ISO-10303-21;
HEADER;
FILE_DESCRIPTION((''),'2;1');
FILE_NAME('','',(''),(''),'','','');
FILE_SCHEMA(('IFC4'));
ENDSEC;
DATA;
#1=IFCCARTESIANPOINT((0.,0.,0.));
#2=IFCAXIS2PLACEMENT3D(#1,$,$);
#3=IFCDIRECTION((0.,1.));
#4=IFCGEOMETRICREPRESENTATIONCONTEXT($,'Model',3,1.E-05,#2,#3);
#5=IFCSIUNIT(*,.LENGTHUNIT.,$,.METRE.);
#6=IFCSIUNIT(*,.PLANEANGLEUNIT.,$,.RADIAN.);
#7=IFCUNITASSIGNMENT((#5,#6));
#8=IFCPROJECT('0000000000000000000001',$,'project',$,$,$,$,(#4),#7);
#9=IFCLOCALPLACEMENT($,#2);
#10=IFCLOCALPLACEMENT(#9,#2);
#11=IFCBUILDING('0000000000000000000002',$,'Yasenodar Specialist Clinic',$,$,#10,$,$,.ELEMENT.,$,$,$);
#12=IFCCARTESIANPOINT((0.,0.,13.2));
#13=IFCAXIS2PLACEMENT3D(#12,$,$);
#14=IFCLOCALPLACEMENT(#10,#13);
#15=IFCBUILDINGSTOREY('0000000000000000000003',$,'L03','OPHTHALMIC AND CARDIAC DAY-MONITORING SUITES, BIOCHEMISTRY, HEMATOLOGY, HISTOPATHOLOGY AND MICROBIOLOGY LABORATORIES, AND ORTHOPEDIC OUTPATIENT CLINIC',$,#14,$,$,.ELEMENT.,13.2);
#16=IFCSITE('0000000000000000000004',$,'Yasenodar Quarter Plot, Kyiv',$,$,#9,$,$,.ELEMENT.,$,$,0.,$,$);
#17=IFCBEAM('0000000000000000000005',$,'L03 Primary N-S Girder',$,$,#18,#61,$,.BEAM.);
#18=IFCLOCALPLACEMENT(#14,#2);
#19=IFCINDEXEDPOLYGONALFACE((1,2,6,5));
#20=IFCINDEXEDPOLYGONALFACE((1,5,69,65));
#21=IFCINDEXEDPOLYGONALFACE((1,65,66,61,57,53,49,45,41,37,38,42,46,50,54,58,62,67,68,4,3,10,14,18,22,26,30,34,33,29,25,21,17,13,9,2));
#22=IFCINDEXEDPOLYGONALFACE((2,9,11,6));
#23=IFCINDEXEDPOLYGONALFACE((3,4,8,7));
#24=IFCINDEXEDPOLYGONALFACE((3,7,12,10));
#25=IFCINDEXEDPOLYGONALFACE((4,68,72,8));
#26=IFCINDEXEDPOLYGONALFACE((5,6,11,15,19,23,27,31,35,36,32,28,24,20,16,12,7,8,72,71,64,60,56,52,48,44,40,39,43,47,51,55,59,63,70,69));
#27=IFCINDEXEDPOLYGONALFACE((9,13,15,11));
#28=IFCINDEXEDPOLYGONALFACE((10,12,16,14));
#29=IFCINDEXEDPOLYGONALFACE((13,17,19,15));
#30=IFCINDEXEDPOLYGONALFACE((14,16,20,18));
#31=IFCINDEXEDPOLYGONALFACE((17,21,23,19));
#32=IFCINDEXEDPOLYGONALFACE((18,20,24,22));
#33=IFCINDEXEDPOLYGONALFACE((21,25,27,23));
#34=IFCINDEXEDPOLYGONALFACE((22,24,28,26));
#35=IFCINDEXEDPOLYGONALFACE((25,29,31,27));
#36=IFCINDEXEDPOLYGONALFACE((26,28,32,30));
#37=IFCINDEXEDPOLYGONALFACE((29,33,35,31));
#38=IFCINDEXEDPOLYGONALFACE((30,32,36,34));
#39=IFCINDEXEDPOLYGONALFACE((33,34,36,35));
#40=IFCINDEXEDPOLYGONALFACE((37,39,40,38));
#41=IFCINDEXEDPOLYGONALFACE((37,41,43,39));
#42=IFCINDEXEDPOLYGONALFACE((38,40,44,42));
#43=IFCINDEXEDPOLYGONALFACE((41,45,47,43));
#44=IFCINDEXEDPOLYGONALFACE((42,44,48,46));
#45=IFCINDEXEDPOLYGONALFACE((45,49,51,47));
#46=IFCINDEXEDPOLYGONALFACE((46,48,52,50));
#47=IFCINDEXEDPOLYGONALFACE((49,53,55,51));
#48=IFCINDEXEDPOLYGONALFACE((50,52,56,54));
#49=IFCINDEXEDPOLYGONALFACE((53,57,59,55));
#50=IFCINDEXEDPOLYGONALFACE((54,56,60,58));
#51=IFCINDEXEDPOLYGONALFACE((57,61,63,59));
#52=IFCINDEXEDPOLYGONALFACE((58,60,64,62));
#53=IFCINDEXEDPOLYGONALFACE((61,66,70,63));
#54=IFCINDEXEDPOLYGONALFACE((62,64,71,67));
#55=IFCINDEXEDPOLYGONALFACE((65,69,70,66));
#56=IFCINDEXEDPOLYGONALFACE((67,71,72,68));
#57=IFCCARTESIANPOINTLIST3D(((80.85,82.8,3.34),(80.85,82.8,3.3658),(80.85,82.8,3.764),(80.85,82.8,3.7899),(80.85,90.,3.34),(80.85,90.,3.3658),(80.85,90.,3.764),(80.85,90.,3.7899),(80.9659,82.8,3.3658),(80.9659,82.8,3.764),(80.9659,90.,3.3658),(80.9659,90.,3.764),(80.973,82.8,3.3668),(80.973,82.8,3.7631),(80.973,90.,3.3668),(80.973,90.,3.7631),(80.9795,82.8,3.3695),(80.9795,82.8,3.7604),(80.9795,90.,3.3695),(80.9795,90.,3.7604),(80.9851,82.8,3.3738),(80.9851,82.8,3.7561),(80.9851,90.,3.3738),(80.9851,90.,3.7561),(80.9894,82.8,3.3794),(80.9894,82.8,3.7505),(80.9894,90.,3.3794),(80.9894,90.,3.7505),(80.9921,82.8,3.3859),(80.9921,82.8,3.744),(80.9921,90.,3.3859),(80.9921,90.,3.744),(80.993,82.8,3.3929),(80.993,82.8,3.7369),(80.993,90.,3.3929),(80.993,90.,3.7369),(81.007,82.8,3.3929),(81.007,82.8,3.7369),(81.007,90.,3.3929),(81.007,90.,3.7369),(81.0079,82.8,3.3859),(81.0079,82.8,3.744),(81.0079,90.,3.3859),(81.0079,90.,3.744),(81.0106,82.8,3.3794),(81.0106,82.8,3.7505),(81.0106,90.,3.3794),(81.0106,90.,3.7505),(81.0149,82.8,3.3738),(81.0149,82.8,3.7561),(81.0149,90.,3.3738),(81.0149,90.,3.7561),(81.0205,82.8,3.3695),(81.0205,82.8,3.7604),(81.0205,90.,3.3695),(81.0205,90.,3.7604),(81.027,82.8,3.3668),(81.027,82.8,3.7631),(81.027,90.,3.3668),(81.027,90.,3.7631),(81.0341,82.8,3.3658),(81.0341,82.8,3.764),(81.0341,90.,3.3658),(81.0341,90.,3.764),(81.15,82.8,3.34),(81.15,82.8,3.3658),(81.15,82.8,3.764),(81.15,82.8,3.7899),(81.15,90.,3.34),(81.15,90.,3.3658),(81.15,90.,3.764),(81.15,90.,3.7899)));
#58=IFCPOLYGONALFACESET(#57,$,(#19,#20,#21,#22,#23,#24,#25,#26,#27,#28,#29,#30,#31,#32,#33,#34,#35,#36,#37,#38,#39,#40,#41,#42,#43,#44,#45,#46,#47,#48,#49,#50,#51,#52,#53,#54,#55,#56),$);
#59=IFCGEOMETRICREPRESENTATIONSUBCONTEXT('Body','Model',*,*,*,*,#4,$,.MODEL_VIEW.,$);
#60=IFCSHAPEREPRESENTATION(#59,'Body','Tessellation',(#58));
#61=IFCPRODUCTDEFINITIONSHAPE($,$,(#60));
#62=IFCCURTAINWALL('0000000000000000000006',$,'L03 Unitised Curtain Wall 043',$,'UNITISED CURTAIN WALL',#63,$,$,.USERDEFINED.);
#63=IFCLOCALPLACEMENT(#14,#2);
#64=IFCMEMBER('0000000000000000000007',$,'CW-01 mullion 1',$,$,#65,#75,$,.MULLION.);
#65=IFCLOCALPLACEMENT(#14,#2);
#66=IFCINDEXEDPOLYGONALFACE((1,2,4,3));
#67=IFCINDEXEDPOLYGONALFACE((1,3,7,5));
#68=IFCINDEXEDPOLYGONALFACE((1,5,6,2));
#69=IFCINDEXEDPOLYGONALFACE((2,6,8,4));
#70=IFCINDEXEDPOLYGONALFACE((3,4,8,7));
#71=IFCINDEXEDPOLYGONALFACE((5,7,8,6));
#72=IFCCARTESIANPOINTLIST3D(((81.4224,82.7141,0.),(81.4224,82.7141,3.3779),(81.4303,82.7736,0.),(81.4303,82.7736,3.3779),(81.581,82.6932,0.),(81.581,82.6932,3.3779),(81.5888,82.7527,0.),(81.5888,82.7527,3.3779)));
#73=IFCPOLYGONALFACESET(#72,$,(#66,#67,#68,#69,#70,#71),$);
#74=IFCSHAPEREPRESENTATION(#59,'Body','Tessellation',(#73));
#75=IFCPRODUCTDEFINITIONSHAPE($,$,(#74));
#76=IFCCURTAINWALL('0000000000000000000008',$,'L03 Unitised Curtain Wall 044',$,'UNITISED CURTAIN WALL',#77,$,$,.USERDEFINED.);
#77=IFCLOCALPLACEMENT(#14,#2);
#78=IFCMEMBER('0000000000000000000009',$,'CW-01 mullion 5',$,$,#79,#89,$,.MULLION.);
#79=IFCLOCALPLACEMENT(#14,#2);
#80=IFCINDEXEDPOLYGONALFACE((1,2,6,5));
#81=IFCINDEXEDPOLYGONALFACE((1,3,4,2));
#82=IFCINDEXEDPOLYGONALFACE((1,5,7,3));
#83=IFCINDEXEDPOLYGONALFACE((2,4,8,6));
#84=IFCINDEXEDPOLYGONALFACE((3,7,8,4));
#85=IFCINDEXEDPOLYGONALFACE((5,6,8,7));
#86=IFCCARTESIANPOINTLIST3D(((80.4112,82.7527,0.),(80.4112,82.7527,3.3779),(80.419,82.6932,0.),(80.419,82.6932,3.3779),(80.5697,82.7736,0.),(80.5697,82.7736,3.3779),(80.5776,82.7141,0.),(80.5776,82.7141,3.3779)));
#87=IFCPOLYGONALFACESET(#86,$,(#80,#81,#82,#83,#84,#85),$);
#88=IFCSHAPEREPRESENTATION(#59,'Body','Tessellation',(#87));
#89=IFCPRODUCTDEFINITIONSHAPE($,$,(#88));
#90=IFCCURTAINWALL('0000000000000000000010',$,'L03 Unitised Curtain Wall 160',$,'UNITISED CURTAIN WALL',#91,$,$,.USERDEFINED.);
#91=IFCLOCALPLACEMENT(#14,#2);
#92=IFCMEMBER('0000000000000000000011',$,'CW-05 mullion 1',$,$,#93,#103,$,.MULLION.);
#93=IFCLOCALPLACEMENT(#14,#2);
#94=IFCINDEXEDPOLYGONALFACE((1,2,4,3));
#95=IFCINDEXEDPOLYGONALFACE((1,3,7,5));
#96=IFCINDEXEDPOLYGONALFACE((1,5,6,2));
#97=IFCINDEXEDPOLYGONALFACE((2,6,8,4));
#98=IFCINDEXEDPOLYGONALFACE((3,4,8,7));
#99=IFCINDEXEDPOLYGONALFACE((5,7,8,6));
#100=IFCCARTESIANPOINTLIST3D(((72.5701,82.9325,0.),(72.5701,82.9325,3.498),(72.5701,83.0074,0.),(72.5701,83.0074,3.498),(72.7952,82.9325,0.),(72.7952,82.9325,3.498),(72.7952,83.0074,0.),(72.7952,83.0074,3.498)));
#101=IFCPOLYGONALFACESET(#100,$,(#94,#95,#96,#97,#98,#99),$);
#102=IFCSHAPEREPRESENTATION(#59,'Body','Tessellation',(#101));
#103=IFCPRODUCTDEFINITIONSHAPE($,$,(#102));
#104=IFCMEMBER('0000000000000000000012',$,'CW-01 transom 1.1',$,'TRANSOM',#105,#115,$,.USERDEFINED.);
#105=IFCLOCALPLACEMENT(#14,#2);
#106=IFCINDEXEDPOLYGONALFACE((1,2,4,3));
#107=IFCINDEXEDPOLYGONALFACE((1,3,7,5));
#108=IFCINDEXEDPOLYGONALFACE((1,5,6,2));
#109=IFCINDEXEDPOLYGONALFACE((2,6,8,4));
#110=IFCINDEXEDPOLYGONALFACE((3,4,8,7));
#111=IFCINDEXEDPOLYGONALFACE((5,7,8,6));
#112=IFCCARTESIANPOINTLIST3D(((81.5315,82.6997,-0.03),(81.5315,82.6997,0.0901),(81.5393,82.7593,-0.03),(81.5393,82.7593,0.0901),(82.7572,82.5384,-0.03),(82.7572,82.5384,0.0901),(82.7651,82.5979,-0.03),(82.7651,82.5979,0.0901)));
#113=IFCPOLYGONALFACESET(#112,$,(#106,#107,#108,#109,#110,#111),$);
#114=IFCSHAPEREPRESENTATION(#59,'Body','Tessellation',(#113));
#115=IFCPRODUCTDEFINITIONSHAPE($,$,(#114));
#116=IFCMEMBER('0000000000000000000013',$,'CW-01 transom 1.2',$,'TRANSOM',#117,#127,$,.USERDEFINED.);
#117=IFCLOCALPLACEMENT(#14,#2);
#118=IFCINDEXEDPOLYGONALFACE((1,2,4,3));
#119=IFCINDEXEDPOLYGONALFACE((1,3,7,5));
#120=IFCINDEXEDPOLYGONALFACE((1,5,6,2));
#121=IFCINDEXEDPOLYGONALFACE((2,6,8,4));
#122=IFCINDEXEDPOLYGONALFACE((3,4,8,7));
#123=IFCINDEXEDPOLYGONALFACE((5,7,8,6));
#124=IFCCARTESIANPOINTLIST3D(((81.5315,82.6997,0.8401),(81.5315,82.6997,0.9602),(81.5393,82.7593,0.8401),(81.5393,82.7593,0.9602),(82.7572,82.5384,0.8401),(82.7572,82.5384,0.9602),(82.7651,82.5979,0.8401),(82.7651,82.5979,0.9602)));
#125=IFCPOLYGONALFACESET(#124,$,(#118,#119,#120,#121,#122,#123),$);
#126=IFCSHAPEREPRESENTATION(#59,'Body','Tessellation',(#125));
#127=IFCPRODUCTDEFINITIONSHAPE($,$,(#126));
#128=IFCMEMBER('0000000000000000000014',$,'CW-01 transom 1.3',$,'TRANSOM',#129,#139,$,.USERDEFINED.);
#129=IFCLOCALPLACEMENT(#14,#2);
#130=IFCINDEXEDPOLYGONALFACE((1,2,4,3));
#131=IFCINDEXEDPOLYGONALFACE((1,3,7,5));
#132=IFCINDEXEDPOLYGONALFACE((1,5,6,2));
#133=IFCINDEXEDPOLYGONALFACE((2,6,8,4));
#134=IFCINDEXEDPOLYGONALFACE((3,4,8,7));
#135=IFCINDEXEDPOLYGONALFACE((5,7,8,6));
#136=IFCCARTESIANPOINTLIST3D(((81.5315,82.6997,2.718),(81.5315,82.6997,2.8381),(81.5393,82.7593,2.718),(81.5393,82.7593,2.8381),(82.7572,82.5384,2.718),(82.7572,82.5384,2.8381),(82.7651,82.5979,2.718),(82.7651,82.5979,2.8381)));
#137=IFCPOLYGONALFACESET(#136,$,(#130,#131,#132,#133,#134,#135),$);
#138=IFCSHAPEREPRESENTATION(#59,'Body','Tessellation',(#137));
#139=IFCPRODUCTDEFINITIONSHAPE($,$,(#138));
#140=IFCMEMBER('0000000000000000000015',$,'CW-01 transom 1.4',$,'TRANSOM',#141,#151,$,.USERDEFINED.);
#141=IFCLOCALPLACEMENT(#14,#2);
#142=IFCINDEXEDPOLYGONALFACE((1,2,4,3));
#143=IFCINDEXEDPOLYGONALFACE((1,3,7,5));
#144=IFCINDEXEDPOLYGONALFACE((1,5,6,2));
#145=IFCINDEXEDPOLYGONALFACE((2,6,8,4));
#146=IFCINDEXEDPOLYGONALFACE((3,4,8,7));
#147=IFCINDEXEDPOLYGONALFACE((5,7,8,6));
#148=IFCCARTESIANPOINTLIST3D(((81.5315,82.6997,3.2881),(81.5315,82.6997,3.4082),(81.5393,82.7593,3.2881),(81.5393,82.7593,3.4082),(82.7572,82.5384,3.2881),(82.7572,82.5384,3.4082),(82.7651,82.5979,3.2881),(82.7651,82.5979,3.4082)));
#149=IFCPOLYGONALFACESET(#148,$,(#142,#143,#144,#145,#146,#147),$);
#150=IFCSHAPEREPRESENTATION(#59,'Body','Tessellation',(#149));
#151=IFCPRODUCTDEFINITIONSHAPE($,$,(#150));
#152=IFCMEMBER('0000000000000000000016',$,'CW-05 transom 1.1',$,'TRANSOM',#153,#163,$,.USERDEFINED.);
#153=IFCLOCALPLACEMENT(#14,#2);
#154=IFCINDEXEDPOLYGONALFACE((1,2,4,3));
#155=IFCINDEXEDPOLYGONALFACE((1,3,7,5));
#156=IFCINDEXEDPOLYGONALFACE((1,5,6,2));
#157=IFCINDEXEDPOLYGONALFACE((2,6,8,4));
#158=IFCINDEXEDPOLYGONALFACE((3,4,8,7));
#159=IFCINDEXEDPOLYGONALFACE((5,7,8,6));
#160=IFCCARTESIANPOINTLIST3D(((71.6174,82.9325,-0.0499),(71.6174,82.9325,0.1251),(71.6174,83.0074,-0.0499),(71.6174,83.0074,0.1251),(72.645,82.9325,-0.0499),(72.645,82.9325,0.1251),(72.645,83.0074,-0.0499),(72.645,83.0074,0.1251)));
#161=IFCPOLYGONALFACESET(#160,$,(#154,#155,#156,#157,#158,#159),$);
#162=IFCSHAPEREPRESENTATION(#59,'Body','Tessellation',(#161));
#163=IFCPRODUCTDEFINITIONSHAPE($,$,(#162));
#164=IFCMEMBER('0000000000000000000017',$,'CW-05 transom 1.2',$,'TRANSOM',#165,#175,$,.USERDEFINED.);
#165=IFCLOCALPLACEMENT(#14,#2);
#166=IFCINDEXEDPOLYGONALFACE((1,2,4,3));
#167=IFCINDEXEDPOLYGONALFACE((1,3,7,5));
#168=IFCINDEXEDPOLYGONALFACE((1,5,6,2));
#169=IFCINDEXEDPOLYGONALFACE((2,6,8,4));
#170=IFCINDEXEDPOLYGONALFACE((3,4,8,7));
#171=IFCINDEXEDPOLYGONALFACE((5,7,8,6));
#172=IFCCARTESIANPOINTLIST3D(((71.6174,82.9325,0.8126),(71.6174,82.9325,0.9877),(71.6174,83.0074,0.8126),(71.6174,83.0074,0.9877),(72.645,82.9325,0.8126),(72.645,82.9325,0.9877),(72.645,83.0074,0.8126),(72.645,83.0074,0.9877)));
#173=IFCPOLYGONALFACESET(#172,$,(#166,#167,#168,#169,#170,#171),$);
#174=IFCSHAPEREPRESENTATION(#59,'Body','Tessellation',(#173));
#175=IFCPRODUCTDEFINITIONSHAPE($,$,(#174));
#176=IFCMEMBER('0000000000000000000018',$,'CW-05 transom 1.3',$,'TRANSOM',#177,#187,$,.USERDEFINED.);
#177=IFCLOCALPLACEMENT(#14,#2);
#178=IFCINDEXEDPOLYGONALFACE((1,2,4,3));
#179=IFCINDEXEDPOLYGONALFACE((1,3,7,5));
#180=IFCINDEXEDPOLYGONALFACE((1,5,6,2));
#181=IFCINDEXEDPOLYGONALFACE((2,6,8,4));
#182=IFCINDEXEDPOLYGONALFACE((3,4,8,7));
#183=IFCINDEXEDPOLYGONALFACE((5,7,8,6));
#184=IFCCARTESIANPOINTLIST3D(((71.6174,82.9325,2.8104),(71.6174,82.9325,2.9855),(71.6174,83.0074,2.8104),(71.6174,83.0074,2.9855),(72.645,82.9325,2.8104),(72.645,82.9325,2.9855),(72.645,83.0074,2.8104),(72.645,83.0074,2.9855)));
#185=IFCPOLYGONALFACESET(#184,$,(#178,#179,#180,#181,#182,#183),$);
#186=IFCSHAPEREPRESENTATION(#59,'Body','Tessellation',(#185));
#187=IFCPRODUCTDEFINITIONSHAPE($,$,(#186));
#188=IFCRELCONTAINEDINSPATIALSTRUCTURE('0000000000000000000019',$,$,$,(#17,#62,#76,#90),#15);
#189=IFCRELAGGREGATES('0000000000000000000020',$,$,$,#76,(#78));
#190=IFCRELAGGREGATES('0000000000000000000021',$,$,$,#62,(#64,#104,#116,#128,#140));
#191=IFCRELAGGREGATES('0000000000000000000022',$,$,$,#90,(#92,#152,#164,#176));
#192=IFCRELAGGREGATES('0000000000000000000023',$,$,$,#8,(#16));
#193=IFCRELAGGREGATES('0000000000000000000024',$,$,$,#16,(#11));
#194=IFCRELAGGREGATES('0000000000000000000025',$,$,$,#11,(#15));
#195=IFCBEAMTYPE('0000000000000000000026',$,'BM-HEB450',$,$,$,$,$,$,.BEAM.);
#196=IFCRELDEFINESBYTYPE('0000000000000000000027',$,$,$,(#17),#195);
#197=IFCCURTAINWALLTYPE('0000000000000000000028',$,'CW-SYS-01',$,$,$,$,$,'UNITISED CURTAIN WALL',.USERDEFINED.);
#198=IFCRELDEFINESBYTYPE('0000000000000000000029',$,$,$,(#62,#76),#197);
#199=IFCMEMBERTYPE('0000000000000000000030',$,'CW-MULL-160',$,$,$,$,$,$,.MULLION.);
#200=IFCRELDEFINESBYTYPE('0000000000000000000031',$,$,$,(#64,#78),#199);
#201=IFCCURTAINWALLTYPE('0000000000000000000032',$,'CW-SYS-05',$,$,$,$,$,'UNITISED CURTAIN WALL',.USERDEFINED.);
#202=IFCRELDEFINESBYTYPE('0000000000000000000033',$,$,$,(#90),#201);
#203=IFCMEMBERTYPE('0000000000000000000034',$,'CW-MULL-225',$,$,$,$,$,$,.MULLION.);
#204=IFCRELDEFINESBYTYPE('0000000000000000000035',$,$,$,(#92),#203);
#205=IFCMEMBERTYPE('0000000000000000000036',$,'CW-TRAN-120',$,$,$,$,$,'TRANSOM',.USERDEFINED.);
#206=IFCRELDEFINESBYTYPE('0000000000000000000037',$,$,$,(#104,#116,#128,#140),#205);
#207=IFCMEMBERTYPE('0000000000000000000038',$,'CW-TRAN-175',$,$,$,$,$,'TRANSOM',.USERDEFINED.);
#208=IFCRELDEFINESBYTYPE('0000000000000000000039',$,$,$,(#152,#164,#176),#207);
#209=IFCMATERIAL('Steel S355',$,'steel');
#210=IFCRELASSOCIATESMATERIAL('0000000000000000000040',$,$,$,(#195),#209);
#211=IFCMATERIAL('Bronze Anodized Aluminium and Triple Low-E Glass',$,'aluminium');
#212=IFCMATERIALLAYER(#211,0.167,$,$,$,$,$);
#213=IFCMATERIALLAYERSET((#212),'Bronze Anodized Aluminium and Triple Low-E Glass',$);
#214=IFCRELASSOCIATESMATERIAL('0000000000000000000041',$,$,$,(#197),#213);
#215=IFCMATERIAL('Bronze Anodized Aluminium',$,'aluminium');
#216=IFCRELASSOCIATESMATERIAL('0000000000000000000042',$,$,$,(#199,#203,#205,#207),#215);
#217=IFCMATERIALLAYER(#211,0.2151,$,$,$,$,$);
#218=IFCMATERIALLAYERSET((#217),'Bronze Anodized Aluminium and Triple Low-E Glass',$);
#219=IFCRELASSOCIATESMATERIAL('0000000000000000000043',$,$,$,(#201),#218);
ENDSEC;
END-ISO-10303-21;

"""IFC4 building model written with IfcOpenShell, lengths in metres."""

from ifc_helpers import new_model, si_unit, direction, frame, origin, origin_2d, place, context, subcontext, project, spatial, rectangle, i_section, extrude, material, layer, layer_set, material_profile, profile_set, type_object, element, aggregate, save


model = new_model("IFC4")

# Units and contexts
model_context = context("Model", 3, precision=1e-05, world=origin(), true_north=direction((0.0, 1.0)))
body_context = subcontext(model_context, "Body", "Model", "MODEL_VIEW")
ifc_project = project(units=[si_unit("LENGTHUNIT", "METRE"), si_unit("PLANEANGLEUNIT", "RADIAN")], contexts=[model_context])

# Site, building, storey
site_placement = place(None, origin())
site = spatial("IfcSite", under=ifc_project, at=site_placement, Name="Yasenodar Quarter Plot, Kyiv", CompositionType="ELEMENT", RefElevation=0.0)
building_placement = place(site_placement, origin())
building = spatial("IfcBuilding", under=site, at=building_placement, Name="Yasenodar Specialist Clinic", CompositionType="ELEMENT")
storey_placement = place(building_placement, frame((0.0, 0.0, 13.2)))
storey = spatial("IfcBuildingStorey", under=building, at=storey_placement, Name="L03", Description="OPHTHALMIC AND CARDIAC DAY-MONITORING SUITES, BIOCHEMISTRY, HEMATOLOGY, HISTOPATHOLOGY AND MICROBIOLOGY LABORATORIES, AND ORTHOPEDIC OUTPATIENT CLINIC", CompositionType="ELEMENT", Elevation=13.2)

# Shared definitions
ifc_material_1 = material(Name="Steel S355", Category="steel")

# Beam
ifc_material_profile_1 = material_profile(ifc_material_1, i_section(OverallWidth=0.3, OverallDepth=0.45, WebThickness=0.0139, FlangeThickness=0.0259, FilletRadius=0.0271, at=origin_2d()), Name="HEB 450")
ifc_profile_set_1 = profile_set([ifc_material_profile_1], Name="Steel S355")
beam_type_1 = type_object("IfcBeamType", Name="BM-HEB450", PredefinedType="BEAM", material=ifc_profile_set_1)
beam_1_placement = place(storey_placement, frame((81.0, 82.8, 3.5649), z_axis=(0.0, 1.0, 0.0), x_axis=(-1.0, 0.0, 0.0)))
element("IfcBeam", 1, at=beam_1_placement, inside=storey, type_object=beam_type_1, Name="L03 Primary N-S Girder", PredefinedType="BEAM", context=body_context, shape_type="SweptSolid", body=[
    extrude(i_section(OverallWidth=0.3, OverallDepth=0.45, WebThickness=0.0139, FlangeThickness=0.0259, FilletRadius=0.0271, at=origin_2d()), origin(), (0.0, 0.0, 1.0), 7.2),
])

# Curtain walls, members
ifc_material_2 = material(Name="Bronze Anodized Aluminium and Triple Low-E Glass", Category="aluminium")
ifc_layer_1 = layer(ifc_material_2, 0.167)
ifc_layer_set_1 = layer_set([ifc_layer_1], Name="Bronze Anodized Aluminium and Triple Low-E Glass")
curtain_wall_type_1 = type_object("IfcCurtainWallType", Name="CW-SYS-01", ElementType="UNITISED CURTAIN WALL", PredefinedType="USERDEFINED", material=ifc_layer_set_1)
curtain_wall_1_placement = place(storey_placement, origin())
curtain_wall_1 = element("IfcCurtainWall", 2, at=curtain_wall_1_placement, inside=storey, type_object=curtain_wall_type_1, Name="L03 Unitised Curtain Wall 043", ObjectType="UNITISED CURTAIN WALL", PredefinedType="USERDEFINED")
ifc_material_3 = material(Name="Bronze Anodized Aluminium", Category="aluminium")
ifc_material_profile_2 = material_profile(ifc_material_3, rectangle(XDim=0.0601, YDim=0.1599, at=origin_2d()), Name="CW-MULL 60x160")
ifc_profile_set_2 = profile_set([ifc_material_profile_2], Name="Bronze Anodized Aluminium")
member_type_1 = type_object("IfcMemberType", Name="CW-MULL-160", PredefinedType="MULLION", material=ifc_profile_set_2)
member_1_placement = place(storey_placement, frame((81.5056, 82.7334, 0.0), z_axis=(0.0, 0.0, 1.0), x_axis=(0.130512, 0.991447, 0.0)))
member_1 = element("IfcMember", 3, at=member_1_placement, type_object=member_type_1, Name="CW-01 mullion 1", PredefinedType="MULLION", context=body_context, shape_type="SweptSolid", body=[
    extrude(rectangle(XDim=0.0601, YDim=0.1599, at=origin_2d()), origin(), (0.0, 0.0, 1.0), 3.3779),
])
curtain_wall_2_placement = place(storey_placement, origin())
curtain_wall_2 = element("IfcCurtainWall", 4, at=curtain_wall_2_placement, inside=storey, type_object=curtain_wall_type_1, Name="L03 Unitised Curtain Wall 044", ObjectType="UNITISED CURTAIN WALL", PredefinedType="USERDEFINED")
member_2_placement = place(storey_placement, frame((80.4944, 82.7334, 0.0), z_axis=(0.0, 0.0, 1.0), x_axis=(-0.130512, 0.991447, 0.0)))
member_2 = element("IfcMember", 5, at=member_2_placement, type_object=member_type_1, Name="CW-01 mullion 5", PredefinedType="MULLION", context=body_context, shape_type="SweptSolid", body=[
    extrude(rectangle(XDim=0.0601, YDim=0.1599, at=origin_2d()), origin(), (0.0, 0.0, 1.0), 3.3779),
])
aggregate(curtain_wall_2, [member_2])
ifc_layer_2 = layer(ifc_material_2, 0.2151)
ifc_layer_set_2 = layer_set([ifc_layer_2], Name="Bronze Anodized Aluminium and Triple Low-E Glass")
curtain_wall_type_2 = type_object("IfcCurtainWallType", Name="CW-SYS-05", ElementType="UNITISED CURTAIN WALL", PredefinedType="USERDEFINED", material=ifc_layer_set_2)
curtain_wall_3_placement = place(storey_placement, origin())
curtain_wall_3 = element("IfcCurtainWall", 6, at=curtain_wall_3_placement, inside=storey, type_object=curtain_wall_type_2, Name="L03 Unitised Curtain Wall 160", ObjectType="UNITISED CURTAIN WALL", PredefinedType="USERDEFINED")
ifc_material_profile_3 = material_profile(ifc_material_3, rectangle(XDim=0.075, YDim=0.2251, at=origin_2d()), Name="CW-MULL 75x225")
ifc_profile_set_3 = profile_set([ifc_material_profile_3], Name="Bronze Anodized Aluminium")
member_type_2 = type_object("IfcMemberType", Name="CW-MULL-225", PredefinedType="MULLION", material=ifc_profile_set_3)
member_3_placement = place(storey_placement, frame((72.6826, 82.97, 0.0), z_axis=(0.0, 0.0, 1.0), x_axis=(0.0, -1.0, 0.0)))
member_3 = element("IfcMember", 7, at=member_3_placement, type_object=member_type_2, Name="CW-05 mullion 1", PredefinedType="MULLION", context=body_context, shape_type="SweptSolid", body=[
    extrude(rectangle(XDim=0.075, YDim=0.2251, at=origin_2d()), origin(), (0.0, 0.0, 1.0), 3.498),
])

# Members
ifc_material_profile_4 = material_profile(ifc_material_3, rectangle(XDim=0.0601, YDim=0.1201, at=origin_2d()), Name="CW-TRAN 60x120")
ifc_profile_set_4 = profile_set([ifc_material_profile_4], Name="Bronze Anodized Aluminium")
member_type_3 = type_object("IfcMemberType", Name="CW-TRAN-120", ElementType="TRANSOM", PredefinedType="USERDEFINED", material=ifc_profile_set_4)
member_4_placement = place(storey_placement, frame((81.5354, 82.7295, 0.03), z_axis=(0.991446, -0.130521, 0.0), x_axis=(0.130521, 0.991446, 0.0)))
member_4 = element("IfcMember", 8, at=member_4_placement, type_object=member_type_3, Name="CW-01 transom 1.1", ObjectType="TRANSOM", PredefinedType="USERDEFINED", context=body_context, shape_type="SweptSolid", body=[
    extrude(rectangle(XDim=0.0601, YDim=0.1201, at=origin_2d()), origin(), (0.0, 0.0, 1.0), 1.2363),
])
member_5_placement = place(storey_placement, frame((81.5354, 82.7295, 0.9001), z_axis=(0.991446, -0.130521, 0.0), x_axis=(0.130521, 0.991446, 0.0)))
member_5 = element("IfcMember", 9, at=member_5_placement, type_object=member_type_3, Name="CW-01 transom 1.2", ObjectType="TRANSOM", PredefinedType="USERDEFINED", context=body_context, shape_type="SweptSolid", body=[
    extrude(rectangle(XDim=0.0601, YDim=0.1201, at=origin_2d()), origin(), (0.0, 0.0, 1.0), 1.2363),
])
member_6_placement = place(storey_placement, frame((81.5354, 82.7295, 2.7781), z_axis=(0.991446, -0.130521, 0.0), x_axis=(0.130521, 0.991446, 0.0)))
member_6 = element("IfcMember", 10, at=member_6_placement, type_object=member_type_3, Name="CW-01 transom 1.3", ObjectType="TRANSOM", PredefinedType="USERDEFINED", context=body_context, shape_type="SweptSolid", body=[
    extrude(rectangle(XDim=0.0601, YDim=0.1201, at=origin_2d()), origin(), (0.0, 0.0, 1.0), 1.2363),
])
member_7_placement = place(storey_placement, frame((81.5354, 82.7295, 3.3481), z_axis=(0.991446, -0.130521, 0.0), x_axis=(0.130521, 0.991446, 0.0)))
member_7 = element("IfcMember", 11, at=member_7_placement, type_object=member_type_3, Name="CW-01 transom 1.4", ObjectType="TRANSOM", PredefinedType="USERDEFINED", context=body_context, shape_type="SweptSolid", body=[
    extrude(rectangle(XDim=0.0601, YDim=0.1201, at=origin_2d()), origin(), (0.0, 0.0, 1.0), 1.2363),
])
aggregate(curtain_wall_1, [member_1, member_4, member_5, member_6, member_7])
ifc_material_profile_5 = material_profile(ifc_material_3, rectangle(XDim=0.075, YDim=0.175, at=origin_2d()), Name="CW-TRAN 75x175")
ifc_profile_set_5 = profile_set([ifc_material_profile_5], Name="Bronze Anodized Aluminium")
member_type_4 = type_object("IfcMemberType", Name="CW-TRAN-175", ElementType="TRANSOM", PredefinedType="USERDEFINED", material=ifc_profile_set_5)
member_8_placement = place(storey_placement, frame((72.645, 82.97, 0.0376), z_axis=(-1.0, 0.0, 0.0), x_axis=(0.0, -1.0, 0.0)))
member_8 = element("IfcMember", 12, at=member_8_placement, type_object=member_type_4, Name="CW-05 transom 1.1", ObjectType="TRANSOM", PredefinedType="USERDEFINED", context=body_context, shape_type="SweptSolid", body=[
    extrude(rectangle(XDim=0.075, YDim=0.175, at=origin_2d()), origin(), (0.0, 0.0, 1.0), 1.0276),
])
member_9_placement = place(storey_placement, frame((72.645, 82.97, 0.9001), z_axis=(-1.0, 0.0, 0.0), x_axis=(0.0, -1.0, 0.0)))
member_9 = element("IfcMember", 13, at=member_9_placement, type_object=member_type_4, Name="CW-05 transom 1.2", ObjectType="TRANSOM", PredefinedType="USERDEFINED", context=body_context, shape_type="SweptSolid", body=[
    extrude(rectangle(XDim=0.075, YDim=0.175, at=origin_2d()), origin(), (0.0, 0.0, 1.0), 1.0276),
])
member_10_placement = place(storey_placement, frame((72.645, 82.97, 2.8979), z_axis=(-1.0, 0.0, 0.0), x_axis=(0.0, -1.0, 0.0)))
member_10 = element("IfcMember", 14, at=member_10_placement, type_object=member_type_4, Name="CW-05 transom 1.3", ObjectType="TRANSOM", PredefinedType="USERDEFINED", context=body_context, shape_type="SweptSolid", body=[
    extrude(rectangle(XDim=0.075, YDim=0.175, at=origin_2d()), origin(), (0.0, 0.0, 1.0), 1.0276),
])
aggregate(curtain_wall_3, [member_3, member_8, member_9, member_10])

save(model, "model.ifc")
